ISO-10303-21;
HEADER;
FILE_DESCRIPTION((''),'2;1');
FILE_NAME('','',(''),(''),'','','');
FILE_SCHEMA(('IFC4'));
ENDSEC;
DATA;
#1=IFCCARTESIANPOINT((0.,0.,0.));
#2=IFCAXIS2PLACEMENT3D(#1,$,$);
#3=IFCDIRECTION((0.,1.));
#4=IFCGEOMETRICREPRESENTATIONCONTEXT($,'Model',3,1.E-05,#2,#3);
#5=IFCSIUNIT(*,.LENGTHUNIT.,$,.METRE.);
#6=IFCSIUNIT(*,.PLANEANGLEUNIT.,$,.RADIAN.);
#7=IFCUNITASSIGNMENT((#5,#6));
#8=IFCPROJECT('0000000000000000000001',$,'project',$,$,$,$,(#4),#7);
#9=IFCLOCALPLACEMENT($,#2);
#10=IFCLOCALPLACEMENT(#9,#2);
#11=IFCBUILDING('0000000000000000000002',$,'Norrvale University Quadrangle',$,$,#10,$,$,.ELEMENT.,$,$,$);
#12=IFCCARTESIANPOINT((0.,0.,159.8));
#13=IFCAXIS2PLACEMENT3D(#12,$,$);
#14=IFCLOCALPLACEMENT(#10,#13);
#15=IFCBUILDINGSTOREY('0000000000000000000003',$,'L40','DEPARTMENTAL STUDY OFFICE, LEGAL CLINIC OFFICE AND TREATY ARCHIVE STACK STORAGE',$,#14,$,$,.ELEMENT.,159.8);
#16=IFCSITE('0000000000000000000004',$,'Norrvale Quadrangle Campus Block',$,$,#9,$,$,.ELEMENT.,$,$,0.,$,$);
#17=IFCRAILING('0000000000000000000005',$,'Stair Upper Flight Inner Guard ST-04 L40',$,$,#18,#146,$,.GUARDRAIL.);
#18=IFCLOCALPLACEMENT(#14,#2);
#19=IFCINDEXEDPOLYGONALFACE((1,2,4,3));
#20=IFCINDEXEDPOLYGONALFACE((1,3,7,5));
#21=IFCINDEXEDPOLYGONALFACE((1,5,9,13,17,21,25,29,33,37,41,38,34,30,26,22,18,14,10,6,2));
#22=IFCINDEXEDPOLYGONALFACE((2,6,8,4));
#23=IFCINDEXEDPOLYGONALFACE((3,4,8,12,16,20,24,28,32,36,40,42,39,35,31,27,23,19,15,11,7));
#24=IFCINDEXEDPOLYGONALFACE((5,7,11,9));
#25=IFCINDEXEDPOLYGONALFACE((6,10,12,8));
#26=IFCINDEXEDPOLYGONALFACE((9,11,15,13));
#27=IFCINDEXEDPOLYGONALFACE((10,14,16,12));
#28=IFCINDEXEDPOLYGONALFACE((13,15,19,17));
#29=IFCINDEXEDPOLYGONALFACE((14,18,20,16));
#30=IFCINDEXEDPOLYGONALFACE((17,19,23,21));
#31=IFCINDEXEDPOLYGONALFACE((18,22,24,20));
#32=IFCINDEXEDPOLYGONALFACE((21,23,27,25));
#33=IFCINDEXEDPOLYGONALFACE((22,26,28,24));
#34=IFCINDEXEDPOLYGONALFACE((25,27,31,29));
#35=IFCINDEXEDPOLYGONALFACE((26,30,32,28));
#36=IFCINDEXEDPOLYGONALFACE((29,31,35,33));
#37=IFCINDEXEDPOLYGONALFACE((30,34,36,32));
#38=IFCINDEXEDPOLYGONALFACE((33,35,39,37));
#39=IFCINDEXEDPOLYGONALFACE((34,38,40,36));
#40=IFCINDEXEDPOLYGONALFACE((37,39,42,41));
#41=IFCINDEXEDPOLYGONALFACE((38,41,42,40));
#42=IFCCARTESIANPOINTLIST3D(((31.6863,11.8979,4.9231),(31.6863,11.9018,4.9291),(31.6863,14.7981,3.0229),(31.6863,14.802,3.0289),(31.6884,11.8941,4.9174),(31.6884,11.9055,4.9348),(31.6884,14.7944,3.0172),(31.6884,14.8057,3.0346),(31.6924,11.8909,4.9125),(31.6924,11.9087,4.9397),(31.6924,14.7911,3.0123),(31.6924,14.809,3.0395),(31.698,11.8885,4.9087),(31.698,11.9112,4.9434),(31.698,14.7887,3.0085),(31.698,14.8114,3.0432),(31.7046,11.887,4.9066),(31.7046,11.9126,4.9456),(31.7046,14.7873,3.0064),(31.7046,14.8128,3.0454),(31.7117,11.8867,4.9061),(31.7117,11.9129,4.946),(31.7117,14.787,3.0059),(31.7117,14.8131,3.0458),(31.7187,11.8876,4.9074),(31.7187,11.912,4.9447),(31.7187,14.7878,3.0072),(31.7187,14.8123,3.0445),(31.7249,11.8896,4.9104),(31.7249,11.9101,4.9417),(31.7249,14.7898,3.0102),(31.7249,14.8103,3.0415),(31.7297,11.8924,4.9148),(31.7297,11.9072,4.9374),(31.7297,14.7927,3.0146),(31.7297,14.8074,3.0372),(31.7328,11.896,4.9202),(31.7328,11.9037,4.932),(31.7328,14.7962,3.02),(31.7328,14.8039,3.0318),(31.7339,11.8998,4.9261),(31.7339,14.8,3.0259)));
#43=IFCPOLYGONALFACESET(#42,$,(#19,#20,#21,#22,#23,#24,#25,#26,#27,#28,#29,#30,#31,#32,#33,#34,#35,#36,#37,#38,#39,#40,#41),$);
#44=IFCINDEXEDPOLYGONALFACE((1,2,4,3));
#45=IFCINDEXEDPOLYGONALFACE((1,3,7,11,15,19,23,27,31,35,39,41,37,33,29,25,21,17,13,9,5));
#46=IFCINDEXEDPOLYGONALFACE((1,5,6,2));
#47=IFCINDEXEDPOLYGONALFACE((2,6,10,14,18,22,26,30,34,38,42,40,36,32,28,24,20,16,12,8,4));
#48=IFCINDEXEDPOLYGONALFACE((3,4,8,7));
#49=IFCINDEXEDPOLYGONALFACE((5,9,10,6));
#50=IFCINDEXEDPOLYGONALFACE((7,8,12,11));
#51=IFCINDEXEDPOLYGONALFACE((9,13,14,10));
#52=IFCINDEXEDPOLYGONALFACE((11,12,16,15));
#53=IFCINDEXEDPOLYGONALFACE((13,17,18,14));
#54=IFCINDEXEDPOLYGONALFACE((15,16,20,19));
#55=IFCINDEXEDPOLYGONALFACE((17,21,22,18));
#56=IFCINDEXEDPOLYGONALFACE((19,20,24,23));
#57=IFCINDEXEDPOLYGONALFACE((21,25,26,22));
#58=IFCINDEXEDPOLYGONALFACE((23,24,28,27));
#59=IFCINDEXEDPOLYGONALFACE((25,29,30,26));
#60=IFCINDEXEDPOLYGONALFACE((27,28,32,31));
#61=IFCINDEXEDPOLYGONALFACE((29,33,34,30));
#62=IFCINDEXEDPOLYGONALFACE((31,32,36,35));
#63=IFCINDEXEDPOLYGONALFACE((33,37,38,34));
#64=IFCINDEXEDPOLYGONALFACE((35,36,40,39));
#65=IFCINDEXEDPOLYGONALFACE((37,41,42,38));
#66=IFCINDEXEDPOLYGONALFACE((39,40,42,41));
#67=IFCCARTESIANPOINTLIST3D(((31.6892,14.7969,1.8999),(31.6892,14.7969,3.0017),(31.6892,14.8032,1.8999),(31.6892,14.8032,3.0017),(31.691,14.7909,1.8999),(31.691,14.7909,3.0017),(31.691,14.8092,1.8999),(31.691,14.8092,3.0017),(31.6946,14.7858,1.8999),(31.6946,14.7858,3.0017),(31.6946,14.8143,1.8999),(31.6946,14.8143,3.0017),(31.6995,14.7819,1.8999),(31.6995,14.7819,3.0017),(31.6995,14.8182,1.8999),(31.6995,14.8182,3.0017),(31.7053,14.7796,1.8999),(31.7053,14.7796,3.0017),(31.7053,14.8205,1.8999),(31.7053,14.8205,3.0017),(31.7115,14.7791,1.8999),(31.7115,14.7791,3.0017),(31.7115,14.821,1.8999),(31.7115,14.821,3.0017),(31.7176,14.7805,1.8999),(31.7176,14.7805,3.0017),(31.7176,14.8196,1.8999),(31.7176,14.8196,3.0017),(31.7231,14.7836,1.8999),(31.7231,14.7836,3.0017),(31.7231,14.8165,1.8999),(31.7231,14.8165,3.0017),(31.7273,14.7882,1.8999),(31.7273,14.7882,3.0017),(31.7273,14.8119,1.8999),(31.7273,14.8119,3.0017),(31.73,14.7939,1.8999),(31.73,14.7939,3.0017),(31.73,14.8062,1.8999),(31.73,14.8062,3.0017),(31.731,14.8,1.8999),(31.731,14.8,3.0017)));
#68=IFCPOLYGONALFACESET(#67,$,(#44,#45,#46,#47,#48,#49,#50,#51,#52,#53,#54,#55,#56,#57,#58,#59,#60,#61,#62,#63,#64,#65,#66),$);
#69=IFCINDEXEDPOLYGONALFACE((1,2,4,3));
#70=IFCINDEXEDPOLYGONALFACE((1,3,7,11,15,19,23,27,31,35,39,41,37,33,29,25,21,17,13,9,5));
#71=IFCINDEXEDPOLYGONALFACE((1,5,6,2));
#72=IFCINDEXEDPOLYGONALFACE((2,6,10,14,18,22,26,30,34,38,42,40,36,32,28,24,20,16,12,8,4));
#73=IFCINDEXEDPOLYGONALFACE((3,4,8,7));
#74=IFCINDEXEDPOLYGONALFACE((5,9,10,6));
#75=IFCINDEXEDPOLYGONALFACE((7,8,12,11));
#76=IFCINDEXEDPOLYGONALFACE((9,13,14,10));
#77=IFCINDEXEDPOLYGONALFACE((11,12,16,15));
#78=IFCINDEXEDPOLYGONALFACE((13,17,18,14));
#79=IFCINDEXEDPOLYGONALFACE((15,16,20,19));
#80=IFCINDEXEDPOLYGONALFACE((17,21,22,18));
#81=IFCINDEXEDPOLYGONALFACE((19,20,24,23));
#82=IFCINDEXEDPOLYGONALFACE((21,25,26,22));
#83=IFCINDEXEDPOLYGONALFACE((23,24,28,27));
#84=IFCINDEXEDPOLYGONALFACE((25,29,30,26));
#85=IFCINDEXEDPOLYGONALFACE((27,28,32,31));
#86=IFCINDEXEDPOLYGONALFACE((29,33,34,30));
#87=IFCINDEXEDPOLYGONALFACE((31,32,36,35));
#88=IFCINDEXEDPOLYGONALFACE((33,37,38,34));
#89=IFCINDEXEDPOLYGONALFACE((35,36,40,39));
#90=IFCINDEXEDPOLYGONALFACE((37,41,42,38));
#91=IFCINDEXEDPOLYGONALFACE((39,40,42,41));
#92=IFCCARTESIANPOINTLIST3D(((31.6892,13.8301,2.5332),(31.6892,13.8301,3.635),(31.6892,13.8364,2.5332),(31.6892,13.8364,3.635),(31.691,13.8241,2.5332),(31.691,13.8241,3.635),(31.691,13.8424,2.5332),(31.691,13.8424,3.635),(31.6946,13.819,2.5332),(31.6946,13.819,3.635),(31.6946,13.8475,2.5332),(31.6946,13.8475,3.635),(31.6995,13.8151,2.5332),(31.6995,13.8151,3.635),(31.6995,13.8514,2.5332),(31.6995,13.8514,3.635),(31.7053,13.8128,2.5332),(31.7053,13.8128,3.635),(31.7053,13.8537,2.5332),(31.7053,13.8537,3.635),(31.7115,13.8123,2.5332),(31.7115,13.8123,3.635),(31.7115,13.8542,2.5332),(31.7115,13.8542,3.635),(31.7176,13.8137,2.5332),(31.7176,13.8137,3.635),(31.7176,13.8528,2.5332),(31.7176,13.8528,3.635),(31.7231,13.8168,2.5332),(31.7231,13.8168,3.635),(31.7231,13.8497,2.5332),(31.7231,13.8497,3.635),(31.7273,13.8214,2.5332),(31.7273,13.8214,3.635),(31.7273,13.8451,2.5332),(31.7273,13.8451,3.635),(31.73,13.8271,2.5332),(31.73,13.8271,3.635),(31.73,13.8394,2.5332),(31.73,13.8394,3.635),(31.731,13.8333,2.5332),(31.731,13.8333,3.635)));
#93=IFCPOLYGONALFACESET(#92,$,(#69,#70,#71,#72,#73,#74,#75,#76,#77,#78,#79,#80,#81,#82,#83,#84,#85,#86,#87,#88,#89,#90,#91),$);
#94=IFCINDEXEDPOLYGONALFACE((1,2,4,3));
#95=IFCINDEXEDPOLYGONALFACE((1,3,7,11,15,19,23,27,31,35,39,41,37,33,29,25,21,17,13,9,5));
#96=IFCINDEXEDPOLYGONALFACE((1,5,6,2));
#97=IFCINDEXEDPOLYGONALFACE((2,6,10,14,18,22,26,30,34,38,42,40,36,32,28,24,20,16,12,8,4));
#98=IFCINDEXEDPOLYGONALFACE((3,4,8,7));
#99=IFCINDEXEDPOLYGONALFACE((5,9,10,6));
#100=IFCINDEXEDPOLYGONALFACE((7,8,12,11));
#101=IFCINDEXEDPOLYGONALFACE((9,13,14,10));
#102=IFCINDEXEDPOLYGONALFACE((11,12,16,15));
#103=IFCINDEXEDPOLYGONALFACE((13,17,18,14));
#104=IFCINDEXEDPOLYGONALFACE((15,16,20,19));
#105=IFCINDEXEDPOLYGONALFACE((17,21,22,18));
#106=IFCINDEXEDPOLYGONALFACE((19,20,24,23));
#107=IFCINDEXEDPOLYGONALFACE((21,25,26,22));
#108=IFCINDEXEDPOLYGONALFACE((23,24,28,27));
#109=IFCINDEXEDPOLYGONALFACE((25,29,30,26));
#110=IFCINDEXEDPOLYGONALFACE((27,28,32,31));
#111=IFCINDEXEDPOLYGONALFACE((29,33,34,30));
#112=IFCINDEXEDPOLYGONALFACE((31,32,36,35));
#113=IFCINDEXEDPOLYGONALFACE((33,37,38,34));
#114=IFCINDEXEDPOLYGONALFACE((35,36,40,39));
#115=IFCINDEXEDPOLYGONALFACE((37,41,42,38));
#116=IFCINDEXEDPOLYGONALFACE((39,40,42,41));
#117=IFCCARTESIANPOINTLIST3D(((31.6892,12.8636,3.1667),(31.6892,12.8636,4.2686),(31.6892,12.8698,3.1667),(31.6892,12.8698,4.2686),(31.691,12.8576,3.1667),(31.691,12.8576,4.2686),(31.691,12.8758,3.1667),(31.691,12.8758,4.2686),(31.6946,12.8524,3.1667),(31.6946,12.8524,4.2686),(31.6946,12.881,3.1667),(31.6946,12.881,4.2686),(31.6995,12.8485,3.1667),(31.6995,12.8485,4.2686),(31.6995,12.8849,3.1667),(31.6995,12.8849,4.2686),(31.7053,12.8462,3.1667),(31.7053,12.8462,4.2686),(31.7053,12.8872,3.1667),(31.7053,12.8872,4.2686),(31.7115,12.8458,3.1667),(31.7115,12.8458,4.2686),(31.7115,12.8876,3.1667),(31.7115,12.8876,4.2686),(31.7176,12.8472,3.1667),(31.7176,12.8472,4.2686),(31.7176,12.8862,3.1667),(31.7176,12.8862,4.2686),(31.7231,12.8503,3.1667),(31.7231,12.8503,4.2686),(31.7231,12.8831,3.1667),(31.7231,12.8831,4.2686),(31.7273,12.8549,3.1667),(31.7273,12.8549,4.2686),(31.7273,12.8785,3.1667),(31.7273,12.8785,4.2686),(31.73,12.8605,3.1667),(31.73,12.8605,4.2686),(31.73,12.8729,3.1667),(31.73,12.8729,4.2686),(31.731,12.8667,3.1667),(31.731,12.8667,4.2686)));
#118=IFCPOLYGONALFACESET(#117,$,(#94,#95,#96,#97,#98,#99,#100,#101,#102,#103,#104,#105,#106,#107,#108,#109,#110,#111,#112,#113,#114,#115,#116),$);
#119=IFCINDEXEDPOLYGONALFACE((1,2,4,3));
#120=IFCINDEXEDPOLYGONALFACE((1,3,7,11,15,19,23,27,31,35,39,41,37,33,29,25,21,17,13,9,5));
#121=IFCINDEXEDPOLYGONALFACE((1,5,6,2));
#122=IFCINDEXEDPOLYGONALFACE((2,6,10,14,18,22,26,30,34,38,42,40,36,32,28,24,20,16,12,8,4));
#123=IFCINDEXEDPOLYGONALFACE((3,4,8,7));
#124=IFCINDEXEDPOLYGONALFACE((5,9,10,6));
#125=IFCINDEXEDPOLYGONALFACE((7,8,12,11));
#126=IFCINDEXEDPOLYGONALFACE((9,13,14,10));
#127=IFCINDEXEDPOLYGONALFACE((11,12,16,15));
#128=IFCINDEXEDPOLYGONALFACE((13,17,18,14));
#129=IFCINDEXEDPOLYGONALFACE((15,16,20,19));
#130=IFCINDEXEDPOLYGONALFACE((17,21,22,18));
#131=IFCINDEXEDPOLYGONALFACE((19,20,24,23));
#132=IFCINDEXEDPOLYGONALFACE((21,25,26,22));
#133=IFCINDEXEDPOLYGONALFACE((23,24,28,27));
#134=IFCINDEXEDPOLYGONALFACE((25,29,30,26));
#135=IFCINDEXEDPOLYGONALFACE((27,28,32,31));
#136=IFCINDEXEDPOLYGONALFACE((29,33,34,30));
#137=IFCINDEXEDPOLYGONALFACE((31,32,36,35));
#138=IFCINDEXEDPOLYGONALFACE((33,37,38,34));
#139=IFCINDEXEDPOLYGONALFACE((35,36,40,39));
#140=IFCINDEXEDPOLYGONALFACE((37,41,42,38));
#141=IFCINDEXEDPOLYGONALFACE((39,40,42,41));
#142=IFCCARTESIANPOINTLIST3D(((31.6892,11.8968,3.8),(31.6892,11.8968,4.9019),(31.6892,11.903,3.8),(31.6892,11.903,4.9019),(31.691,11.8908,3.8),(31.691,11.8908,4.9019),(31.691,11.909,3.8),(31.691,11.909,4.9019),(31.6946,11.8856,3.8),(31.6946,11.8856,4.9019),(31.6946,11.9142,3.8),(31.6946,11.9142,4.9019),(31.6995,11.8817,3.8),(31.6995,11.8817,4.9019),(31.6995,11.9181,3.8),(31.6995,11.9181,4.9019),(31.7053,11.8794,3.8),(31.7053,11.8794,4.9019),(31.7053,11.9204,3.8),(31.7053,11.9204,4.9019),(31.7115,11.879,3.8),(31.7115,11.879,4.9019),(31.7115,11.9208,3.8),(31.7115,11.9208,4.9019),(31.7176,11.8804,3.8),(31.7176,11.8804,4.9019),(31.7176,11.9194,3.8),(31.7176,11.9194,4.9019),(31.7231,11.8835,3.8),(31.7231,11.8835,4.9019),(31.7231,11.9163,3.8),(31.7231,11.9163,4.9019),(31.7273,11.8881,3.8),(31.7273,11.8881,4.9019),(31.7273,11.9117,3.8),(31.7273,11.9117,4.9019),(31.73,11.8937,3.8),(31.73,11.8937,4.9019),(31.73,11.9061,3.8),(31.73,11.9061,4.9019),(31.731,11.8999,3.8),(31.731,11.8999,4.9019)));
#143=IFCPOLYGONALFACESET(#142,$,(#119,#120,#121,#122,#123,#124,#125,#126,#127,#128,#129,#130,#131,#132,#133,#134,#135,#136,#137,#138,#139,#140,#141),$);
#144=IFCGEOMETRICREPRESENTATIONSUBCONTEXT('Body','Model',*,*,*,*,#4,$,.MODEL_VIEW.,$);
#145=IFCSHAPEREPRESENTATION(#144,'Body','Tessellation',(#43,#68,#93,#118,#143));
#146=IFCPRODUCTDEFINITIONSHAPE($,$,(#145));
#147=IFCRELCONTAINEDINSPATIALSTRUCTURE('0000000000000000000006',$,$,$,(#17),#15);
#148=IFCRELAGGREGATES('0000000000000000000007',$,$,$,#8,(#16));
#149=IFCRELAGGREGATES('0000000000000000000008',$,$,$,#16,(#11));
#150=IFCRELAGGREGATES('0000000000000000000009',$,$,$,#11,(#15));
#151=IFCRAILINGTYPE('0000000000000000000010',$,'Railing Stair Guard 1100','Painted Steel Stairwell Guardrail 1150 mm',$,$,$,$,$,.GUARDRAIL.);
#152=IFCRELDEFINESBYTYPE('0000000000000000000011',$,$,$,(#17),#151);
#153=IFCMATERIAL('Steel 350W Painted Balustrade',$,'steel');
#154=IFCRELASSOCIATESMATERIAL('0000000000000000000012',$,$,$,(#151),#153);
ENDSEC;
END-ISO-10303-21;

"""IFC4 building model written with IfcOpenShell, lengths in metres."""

from ifc_helpers import new_model, si_unit, direction, frame, origin, origin_2d, place, context, subcontext, project, spatial, circle, extrude, material, type_object, element, save


model = new_model("IFC4")

# Units and contexts
model_context = context("Model", 3, precision=1e-05, world=origin(), true_north=direction((0.0, 1.0)))
body_context = subcontext(model_context, "Body", "Model", "MODEL_VIEW")
ifc_project = project(units=[si_unit("LENGTHUNIT", "METRE"), si_unit("PLANEANGLEUNIT", "RADIAN")], contexts=[model_context])

# Site, building, storey
site_placement = place(None, origin())
site = spatial("IfcSite", under=ifc_project, at=site_placement, Name="Norrvale Quadrangle Campus Block", CompositionType="ELEMENT", RefElevation=0.0)
building_placement = place(site_placement, origin())
building = spatial("IfcBuilding", under=site, at=building_placement, Name="Norrvale University Quadrangle", CompositionType="ELEMENT")
storey_placement = place(building_placement, frame((0.0, 0.0, 159.8)))
storey = spatial("IfcBuildingStorey", under=building, at=storey_placement, Name="L40", Description="DEPARTMENTAL STUDY OFFICE, LEGAL CLINIC OFFICE AND TREATY ARCHIVE STACK STORAGE", CompositionType="ELEMENT", Elevation=159.8)

# Railing
ifc_material_1 = material(Name="Steel 350W Painted Balustrade", Category="steel")
railing_type_1 = type_object("IfcRailingType", Name="Railing Stair Guard 1100", Description="Painted Steel Stairwell Guardrail 1150 mm", PredefinedType="GUARDRAIL", material=ifc_material_1)
railing_1_placement = place(storey_placement, frame((31.71, 14.8, 1.8999)))
element("IfcRailing", 1, at=railing_1_placement, inside=storey, type_object=railing_type_1, Name="Stair Upper Flight Inner Guard ST-04 L40", PredefinedType="GUARDRAIL", context=body_context, shape_type="SweptSolid", body=[
    extrude(circle(Radius=0.0239, at=origin_2d()), frame((0.0, 0.0, 1.126), z_axis=(0.0, -0.836454, 0.548036), x_axis=(1.0, 0.0, 0.0)), (0.0, 0.0, 1.0), 3.4673),
    extrude(circle(Radius=0.021, at=origin_2d()), origin(), (0.0, 0.0, 1.0), 1.1018),
    extrude(circle(Radius=0.021, at=origin_2d()), frame((0.0, -0.9668, 0.6333)), (0.0, 0.0, 1.0), 1.1018),
    extrude(circle(Radius=0.021, at=origin_2d()), frame((0.0, -1.9333, 1.2668)), (0.0, 0.0, 1.0), 1.1018),
    extrude(circle(Radius=0.021, at=origin_2d()), frame((0.0, -2.9001, 1.9001)), (0.0, 0.0, 1.0), 1.1018),
])

save(model, "model.ifc")
